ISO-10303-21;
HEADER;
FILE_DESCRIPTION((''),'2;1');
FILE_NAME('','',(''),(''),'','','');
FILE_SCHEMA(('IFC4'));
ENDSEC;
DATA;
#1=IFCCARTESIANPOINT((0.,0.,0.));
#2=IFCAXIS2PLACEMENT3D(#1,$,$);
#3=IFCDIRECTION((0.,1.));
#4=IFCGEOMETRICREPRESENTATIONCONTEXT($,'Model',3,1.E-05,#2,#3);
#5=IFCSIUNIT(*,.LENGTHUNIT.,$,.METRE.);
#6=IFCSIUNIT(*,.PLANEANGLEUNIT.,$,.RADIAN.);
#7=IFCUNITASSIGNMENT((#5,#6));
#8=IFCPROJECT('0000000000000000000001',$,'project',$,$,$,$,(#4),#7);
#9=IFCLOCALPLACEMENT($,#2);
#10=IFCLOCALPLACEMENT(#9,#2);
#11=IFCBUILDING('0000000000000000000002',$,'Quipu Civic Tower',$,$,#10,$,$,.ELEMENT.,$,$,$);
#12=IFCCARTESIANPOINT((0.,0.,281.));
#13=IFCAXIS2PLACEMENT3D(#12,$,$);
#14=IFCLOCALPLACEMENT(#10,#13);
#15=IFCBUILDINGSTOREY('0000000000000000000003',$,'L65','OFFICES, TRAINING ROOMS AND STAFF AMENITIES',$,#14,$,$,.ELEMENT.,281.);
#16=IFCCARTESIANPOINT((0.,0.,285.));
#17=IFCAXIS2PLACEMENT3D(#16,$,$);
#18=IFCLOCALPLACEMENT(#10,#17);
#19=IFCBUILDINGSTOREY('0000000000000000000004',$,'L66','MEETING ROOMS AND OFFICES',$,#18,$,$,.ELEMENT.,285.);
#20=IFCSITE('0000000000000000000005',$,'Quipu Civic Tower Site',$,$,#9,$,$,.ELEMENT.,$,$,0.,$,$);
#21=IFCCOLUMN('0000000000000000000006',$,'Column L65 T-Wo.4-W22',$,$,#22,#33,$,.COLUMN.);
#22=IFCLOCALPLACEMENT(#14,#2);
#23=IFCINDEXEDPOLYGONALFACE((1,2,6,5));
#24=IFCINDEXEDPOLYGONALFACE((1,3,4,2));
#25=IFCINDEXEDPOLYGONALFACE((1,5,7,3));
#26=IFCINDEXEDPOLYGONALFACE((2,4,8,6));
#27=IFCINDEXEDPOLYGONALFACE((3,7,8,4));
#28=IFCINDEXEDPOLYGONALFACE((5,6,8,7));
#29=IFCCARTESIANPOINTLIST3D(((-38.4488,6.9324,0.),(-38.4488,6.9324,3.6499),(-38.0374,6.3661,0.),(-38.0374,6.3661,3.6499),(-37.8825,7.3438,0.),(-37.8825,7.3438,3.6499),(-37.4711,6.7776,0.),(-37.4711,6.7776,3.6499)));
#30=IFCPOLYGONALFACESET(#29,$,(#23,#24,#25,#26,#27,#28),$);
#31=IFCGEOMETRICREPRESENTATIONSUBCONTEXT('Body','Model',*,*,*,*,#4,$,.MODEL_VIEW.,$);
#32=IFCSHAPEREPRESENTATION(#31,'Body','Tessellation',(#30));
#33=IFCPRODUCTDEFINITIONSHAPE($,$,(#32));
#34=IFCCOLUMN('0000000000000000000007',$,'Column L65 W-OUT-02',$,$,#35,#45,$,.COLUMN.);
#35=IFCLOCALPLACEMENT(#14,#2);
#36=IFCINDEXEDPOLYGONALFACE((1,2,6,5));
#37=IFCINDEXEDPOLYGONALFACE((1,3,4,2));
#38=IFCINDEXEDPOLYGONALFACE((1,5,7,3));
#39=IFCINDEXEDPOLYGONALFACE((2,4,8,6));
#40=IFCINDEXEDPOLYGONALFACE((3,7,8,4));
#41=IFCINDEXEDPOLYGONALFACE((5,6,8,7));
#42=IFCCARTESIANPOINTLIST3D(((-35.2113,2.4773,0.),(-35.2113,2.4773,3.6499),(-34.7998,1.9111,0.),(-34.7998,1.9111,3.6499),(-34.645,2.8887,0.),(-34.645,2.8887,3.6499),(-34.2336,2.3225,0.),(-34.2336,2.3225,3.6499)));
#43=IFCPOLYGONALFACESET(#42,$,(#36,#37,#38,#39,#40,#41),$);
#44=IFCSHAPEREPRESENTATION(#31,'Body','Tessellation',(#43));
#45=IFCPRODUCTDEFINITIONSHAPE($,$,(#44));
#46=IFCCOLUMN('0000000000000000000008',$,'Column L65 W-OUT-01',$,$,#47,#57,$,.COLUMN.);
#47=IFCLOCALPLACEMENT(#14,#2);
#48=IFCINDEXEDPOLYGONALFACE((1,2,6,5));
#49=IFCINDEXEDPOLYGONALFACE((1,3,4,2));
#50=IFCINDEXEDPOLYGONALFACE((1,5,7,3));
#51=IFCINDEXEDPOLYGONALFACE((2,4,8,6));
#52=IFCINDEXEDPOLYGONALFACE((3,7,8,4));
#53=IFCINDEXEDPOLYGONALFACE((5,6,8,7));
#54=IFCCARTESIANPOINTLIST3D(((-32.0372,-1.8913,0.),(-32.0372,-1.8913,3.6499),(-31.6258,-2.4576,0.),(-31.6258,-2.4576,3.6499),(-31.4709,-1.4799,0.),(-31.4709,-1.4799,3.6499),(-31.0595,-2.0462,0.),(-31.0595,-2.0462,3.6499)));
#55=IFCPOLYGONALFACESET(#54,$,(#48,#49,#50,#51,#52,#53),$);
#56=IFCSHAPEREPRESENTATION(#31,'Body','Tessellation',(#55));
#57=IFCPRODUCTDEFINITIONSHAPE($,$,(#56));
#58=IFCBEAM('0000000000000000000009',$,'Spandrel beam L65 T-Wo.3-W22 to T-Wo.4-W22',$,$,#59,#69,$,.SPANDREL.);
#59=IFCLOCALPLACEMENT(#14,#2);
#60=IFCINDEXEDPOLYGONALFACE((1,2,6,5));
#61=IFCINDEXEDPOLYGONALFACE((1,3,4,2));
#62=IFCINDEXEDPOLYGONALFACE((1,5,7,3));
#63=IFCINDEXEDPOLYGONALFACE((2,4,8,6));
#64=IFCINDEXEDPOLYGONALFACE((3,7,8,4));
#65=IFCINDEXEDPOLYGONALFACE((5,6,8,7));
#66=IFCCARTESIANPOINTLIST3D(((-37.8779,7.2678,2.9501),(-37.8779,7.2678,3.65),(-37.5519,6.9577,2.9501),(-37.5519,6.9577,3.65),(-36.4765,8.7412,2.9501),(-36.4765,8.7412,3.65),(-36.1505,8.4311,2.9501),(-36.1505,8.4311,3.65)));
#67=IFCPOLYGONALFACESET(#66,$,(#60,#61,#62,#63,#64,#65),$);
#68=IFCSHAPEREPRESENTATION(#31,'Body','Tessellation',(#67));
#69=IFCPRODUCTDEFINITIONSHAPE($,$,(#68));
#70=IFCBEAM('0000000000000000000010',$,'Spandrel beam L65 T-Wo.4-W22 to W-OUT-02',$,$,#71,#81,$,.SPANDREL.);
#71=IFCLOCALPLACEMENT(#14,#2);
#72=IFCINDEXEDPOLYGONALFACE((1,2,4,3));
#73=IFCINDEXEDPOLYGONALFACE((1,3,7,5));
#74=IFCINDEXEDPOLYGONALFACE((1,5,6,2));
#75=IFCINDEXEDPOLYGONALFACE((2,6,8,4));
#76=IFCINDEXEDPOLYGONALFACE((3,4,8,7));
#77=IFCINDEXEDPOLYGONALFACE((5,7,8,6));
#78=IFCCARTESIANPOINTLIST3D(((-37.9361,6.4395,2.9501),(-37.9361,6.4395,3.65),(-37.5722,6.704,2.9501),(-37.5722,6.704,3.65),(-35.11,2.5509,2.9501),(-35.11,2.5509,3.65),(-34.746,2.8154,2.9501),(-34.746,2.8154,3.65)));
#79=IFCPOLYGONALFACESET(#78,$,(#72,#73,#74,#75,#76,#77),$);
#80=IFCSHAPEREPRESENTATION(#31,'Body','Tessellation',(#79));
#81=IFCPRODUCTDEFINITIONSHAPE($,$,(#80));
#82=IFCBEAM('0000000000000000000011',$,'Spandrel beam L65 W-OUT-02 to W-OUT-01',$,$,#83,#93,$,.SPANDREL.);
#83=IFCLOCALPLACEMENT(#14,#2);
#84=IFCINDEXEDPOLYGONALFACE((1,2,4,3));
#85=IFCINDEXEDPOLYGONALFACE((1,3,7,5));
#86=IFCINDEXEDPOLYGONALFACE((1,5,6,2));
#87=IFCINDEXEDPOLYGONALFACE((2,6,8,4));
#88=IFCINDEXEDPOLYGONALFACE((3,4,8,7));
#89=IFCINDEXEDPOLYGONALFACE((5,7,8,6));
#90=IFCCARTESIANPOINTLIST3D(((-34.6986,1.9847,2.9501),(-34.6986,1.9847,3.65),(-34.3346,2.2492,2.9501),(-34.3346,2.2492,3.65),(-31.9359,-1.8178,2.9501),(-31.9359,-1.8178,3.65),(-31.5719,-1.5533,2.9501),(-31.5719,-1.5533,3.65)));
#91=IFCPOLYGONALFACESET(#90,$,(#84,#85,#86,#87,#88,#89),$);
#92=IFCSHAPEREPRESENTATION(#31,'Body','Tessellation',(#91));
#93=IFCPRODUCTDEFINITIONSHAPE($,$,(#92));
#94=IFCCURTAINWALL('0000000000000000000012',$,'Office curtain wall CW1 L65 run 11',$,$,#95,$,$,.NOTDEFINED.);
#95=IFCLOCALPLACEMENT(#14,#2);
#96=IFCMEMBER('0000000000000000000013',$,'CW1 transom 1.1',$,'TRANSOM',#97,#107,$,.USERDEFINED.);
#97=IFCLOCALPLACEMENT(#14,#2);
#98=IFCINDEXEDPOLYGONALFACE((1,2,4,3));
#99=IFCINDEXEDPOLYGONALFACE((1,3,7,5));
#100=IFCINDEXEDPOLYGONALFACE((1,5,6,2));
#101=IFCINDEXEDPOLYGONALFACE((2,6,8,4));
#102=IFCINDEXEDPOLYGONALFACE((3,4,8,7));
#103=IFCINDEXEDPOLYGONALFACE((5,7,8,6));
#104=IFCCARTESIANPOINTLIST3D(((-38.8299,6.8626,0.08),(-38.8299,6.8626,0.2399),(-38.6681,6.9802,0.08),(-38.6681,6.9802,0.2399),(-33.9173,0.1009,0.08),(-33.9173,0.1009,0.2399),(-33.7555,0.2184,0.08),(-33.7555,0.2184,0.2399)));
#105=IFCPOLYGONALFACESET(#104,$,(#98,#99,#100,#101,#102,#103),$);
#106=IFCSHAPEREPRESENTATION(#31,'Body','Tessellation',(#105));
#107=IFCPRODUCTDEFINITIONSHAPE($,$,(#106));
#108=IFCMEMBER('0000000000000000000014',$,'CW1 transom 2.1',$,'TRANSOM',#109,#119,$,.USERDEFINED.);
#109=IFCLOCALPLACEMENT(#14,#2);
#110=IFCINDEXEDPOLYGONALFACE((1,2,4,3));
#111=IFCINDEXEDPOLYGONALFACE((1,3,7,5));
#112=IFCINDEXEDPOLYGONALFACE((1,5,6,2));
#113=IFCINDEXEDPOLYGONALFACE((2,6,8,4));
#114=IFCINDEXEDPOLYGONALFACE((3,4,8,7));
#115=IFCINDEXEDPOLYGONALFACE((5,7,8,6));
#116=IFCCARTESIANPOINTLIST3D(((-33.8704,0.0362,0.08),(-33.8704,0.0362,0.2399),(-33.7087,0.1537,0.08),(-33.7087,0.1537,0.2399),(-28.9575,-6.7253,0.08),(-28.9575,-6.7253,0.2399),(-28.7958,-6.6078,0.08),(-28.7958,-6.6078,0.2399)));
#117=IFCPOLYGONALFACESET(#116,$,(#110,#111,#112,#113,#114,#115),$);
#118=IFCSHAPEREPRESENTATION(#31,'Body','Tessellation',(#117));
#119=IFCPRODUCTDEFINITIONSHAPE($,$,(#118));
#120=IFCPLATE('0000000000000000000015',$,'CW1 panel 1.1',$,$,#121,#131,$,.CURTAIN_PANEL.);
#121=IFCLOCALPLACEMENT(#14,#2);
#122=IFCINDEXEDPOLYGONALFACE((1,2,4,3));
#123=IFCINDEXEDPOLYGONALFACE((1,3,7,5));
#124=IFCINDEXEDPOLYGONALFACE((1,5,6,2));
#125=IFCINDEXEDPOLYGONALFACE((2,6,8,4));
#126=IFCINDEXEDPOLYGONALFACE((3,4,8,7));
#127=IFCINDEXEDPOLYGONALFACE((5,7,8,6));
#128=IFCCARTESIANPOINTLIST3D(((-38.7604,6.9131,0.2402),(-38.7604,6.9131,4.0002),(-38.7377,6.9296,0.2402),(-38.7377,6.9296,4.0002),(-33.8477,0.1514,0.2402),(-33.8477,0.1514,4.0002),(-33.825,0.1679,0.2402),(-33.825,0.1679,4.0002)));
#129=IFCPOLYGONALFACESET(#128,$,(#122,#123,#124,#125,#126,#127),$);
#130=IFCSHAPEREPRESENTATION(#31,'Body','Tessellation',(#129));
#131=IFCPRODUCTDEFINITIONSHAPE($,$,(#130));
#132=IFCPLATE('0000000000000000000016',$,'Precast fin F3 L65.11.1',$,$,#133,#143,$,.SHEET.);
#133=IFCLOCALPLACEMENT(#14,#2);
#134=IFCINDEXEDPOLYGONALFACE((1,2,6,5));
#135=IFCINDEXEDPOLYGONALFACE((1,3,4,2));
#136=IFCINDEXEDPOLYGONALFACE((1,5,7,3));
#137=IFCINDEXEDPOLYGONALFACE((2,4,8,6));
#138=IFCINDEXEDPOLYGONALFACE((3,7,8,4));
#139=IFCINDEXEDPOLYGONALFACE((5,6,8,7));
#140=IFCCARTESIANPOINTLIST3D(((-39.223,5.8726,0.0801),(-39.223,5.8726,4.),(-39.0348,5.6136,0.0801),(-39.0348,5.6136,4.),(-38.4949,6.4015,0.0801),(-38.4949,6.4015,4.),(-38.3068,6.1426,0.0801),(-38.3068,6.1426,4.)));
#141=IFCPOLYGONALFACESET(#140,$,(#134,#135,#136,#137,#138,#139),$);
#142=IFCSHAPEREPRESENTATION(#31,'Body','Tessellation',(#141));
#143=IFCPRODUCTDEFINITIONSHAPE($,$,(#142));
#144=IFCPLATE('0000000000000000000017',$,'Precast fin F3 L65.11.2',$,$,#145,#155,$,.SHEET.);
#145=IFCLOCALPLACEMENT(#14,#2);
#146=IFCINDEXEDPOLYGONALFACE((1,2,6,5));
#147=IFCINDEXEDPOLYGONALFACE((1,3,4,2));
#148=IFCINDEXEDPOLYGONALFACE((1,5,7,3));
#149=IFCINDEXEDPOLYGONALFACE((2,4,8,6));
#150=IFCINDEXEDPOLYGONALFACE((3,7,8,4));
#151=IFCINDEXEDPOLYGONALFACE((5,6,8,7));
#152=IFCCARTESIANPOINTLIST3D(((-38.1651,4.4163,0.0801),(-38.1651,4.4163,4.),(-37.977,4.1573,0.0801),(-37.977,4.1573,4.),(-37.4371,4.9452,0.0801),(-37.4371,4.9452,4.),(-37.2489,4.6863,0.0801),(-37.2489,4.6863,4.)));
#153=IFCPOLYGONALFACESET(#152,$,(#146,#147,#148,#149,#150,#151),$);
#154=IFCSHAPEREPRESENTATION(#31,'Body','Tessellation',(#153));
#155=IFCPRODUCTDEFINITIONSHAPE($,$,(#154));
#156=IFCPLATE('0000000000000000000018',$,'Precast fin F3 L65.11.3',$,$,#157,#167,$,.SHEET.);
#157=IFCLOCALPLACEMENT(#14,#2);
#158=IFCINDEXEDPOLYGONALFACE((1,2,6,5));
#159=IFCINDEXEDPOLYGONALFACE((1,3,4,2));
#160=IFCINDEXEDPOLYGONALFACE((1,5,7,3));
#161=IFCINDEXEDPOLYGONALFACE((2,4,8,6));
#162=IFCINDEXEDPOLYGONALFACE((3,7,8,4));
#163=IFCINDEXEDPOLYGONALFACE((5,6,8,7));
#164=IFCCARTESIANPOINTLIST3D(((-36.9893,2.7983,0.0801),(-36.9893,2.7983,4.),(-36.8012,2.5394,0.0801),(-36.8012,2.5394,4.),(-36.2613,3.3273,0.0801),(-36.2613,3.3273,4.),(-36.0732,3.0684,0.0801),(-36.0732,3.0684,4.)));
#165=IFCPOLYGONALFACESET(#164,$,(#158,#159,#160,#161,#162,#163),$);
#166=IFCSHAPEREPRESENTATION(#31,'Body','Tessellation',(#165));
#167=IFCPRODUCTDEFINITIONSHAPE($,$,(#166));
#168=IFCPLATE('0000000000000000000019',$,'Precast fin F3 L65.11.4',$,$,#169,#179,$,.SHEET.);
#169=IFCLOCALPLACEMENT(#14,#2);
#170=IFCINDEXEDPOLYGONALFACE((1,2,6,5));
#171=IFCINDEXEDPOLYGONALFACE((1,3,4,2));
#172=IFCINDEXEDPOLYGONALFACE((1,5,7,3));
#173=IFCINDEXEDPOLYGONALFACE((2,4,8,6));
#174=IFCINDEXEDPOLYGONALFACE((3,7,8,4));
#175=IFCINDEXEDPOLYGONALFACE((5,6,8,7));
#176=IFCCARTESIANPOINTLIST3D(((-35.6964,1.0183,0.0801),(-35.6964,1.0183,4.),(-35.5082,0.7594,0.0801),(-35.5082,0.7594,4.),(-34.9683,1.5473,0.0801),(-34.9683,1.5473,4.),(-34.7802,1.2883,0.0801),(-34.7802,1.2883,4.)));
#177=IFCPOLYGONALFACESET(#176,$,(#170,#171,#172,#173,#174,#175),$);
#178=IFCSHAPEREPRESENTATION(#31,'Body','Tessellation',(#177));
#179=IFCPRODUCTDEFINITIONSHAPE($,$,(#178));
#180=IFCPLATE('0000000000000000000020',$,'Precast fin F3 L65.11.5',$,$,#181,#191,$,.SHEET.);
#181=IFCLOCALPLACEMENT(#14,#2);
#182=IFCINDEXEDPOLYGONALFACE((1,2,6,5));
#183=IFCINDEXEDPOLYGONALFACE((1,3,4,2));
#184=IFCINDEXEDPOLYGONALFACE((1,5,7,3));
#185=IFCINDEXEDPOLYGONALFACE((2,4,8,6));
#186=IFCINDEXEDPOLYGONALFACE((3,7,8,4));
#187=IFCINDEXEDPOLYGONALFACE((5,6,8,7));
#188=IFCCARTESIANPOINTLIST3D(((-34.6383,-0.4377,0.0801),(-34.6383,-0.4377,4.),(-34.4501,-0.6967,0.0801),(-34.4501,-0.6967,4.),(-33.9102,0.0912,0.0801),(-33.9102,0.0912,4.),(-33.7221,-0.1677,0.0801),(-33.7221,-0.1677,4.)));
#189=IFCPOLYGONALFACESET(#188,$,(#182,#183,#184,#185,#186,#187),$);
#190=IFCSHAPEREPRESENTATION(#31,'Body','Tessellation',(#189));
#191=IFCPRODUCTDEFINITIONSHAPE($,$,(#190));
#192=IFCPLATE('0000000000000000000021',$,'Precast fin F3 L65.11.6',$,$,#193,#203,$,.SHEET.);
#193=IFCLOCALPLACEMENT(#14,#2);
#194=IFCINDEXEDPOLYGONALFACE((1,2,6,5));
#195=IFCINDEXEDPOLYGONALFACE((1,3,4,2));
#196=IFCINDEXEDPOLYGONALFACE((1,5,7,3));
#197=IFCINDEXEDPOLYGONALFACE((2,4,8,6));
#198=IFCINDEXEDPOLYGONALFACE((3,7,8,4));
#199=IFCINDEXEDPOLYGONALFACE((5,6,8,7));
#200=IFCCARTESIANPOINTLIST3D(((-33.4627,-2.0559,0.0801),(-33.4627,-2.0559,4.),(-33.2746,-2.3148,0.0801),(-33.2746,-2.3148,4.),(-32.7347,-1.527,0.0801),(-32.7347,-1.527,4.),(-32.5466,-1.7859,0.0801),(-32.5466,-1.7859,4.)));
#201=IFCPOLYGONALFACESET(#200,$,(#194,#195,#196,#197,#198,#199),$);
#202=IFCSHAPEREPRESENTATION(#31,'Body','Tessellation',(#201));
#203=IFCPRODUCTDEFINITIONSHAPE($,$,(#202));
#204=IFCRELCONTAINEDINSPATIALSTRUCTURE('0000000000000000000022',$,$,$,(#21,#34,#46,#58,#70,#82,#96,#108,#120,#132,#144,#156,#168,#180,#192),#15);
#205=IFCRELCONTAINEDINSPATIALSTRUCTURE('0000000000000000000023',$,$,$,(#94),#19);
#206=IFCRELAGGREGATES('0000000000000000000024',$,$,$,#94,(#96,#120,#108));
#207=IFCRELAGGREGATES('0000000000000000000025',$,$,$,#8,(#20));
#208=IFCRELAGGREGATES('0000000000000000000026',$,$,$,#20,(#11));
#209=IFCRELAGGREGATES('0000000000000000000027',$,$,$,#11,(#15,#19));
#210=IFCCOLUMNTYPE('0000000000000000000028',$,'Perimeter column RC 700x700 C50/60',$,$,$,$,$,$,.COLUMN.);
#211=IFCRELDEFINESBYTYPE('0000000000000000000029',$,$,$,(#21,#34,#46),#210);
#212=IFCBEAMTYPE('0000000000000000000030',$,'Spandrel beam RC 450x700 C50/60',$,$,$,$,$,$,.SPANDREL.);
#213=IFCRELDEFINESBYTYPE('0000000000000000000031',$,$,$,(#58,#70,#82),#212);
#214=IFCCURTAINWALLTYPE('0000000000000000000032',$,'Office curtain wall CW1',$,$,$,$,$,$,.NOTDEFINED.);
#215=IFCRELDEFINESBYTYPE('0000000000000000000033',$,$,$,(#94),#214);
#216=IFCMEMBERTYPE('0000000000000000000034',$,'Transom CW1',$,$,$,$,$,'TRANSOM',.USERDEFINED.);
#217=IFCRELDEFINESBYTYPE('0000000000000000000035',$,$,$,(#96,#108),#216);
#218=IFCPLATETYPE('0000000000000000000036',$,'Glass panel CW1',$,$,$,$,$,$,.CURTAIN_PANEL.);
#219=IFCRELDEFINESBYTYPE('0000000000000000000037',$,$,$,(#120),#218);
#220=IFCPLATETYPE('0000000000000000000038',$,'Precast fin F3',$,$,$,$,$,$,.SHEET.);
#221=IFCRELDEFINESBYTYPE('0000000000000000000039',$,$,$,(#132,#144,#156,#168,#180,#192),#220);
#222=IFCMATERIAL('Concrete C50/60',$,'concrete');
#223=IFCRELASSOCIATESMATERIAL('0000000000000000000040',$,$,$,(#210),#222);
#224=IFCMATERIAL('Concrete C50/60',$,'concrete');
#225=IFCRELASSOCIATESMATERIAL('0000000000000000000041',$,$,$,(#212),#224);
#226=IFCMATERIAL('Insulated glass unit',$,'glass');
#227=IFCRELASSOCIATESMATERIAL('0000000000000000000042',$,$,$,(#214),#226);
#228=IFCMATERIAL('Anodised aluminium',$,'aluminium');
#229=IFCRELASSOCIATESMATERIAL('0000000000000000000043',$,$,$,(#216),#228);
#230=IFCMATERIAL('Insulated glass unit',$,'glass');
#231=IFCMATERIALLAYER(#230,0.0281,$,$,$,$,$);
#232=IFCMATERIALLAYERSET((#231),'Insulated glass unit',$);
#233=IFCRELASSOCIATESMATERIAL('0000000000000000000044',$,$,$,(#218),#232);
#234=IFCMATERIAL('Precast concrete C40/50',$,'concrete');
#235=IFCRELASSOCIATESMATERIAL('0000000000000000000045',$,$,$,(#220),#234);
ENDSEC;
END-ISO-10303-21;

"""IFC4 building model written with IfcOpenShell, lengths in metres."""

from ifc_helpers import new_model, si_unit, direction, frame, origin, origin_2d, place, context, subcontext, project, spatial, rectangle, extrude, material, layer, layer_set, material_profile, profile_set, type_object, element, aggregate, save


model = new_model("IFC4")

# Units and contexts
model_context = context("Model", 3, precision=1e-05, world=origin(), true_north=direction((0.0, 1.0)))
body_context = subcontext(model_context, "Body", "Model", "MODEL_VIEW")
ifc_project = project(units=[si_unit("LENGTHUNIT", "METRE"), si_unit("PLANEANGLEUNIT", "RADIAN")], contexts=[model_context])

# Site, building, storey
site_placement = place(None, origin())
site = spatial("IfcSite", under=ifc_project, at=site_placement, Name="Quipu Civic Tower Site", CompositionType="ELEMENT", RefElevation=0.0)
building_placement = place(site_placement, origin())
building = spatial("IfcBuilding", under=site, at=building_placement, Name="Quipu Civic Tower", CompositionType="ELEMENT")
storey_1_placement = place(building_placement, frame((0.0, 0.0, 281.0)))
storey_1 = spatial("IfcBuildingStorey", under=building, at=storey_1_placement, Name="L65", Description="OFFICES, TRAINING ROOMS AND STAFF AMENITIES", CompositionType="ELEMENT", Elevation=281.0)

# Columns
ifc_material_1 = material(Name="Concrete C50/60", Category="concrete")
ifc_material_profile_1 = material_profile(ifc_material_1, rectangle(XDim=0.7, YDim=0.7, at=origin_2d()), Name="RC700x700")
ifc_profile_set_1 = profile_set([ifc_material_profile_1], Name="Concrete C50/60")
column_type = type_object("IfcColumnType", Name="Perimeter column RC 700x700 C50/60", PredefinedType="COLUMN", material=ifc_profile_set_1)
for number, where, z_axis, x_axis, name in (
    (1, (-37.96, 6.855, 0.0), (0.0, 0.0, 1.0), (0.587785, -0.809017, 0.0), "Column L65 T-Wo.4-W22"),
    (2, (-34.7224, 2.3999, 0.0), (0.0, 0.0, 1.0), (0.587785, -0.809017, 0.0), "Column L65 W-OUT-02"),
    (3, (-31.5483, -1.9688, 0.0), (0.0, 0.0, 1.0), (0.587785, -0.809017, 0.0), "Column L65 W-OUT-01"),
):
    element("IfcColumn", number, at=place(storey_1_placement, frame(where, z_axis=z_axis, x_axis=x_axis)), inside=storey_1, type_object=column_type, Name=name, PredefinedType="COLUMN", context=body_context, shape_type="SweptSolid", body=[
        extrude(rectangle(XDim=0.7, YDim=0.7, at=origin_2d()), origin(), (0.0, 0.0, 1.0), 3.6499),
    ])

# Beams
ifc_material_2 = material(Name="Concrete C50/60", Category="concrete")
ifc_material_profile_2 = material_profile(ifc_material_2, rectangle(XDim=0.45, YDim=0.7, at=origin_2d()), Name="RC450x700")
ifc_profile_set_2 = profile_set([ifc_material_profile_2], Name="Concrete C50/60")
beam_type = type_object("IfcBeamType", Name="Spandrel beam RC 450x700 C50/60", PredefinedType="SPANDREL", material=ifc_profile_set_2)
beam_1_placement = place(storey_1_placement, frame((-36.3135, 8.5862, 3.3), z_axis=(-0.689175, -0.724595, 0.0), x_axis=(0.724595, -0.689175, 0.0)))
element("IfcBeam", 4, at=beam_1_placement, inside=storey_1, type_object=beam_type, Name="Spandrel beam L65 T-Wo.3-W22 to T-Wo.4-W22", PredefinedType="SPANDREL", context=body_context, shape_type="SweptSolid", body=[
    extrude(rectangle(XDim=0.45, YDim=0.7, at=origin_2d()), origin(), (0.0, 0.0, 1.0), 2.0334),
])
beam_2_placement = place(storey_1_placement, frame((-37.7542, 6.5718, 3.3), z_axis=(0.587906, -0.808929, 0.0), x_axis=(0.808929, 0.587906, 0.0)))
element("IfcBeam", 5, at=beam_2_placement, inside=storey_1, type_object=beam_type, Name="Spandrel beam L65 T-Wo.4-W22 to W-OUT-02", PredefinedType="SPANDREL", context=body_context, shape_type="SweptSolid", body=[
    extrude(rectangle(XDim=0.45, YDim=0.7, at=origin_2d()), origin(), (0.0, 0.0, 1.0), 4.8071),
])
beam_3_placement = place(storey_1_placement, frame((-34.5166, 2.1169, 3.3), z_axis=(0.587789, -0.809015, 0.0), x_axis=(0.809015, 0.587789, 0.0)))
element("IfcBeam", 6, at=beam_3_placement, inside=storey_1, type_object=beam_type, Name="Spandrel beam L65 W-OUT-02 to W-OUT-01", PredefinedType="SPANDREL", context=body_context, shape_type="SweptSolid", body=[
    extrude(rectangle(XDim=0.45, YDim=0.7, at=origin_2d()), origin(), (0.0, 0.0, 1.0), 4.7002),
])

# Shared definitions
storey_2_placement = place(building_placement, frame((0.0, 0.0, 285.0)))
storey_2 = spatial("IfcBuildingStorey", under=building, at=storey_2_placement, Name="L66", Description="MEETING ROOMS AND OFFICES", CompositionType="ELEMENT", Elevation=285.0)

# Curtain wall, members, plate
ifc_material_3 = material(Name="Insulated glass unit", Category="glass")
curtain_wall_type = type_object("IfcCurtainWallType", Name="Office curtain wall CW1", PredefinedType="NOTDEFINED", material=ifc_material_3)
curtain_wall_placement = place(storey_2_placement, origin())
curtain_wall = element("IfcCurtainWall", 7, at=curtain_wall_placement, inside=storey_2, type_object=curtain_wall_type, Name="Office curtain wall CW1 L65 run 11", PredefinedType="NOTDEFINED")
ifc_material_4 = material(Name="Anodised aluminium", Category="aluminium")
ifc_material_profile_3 = material_profile(ifc_material_4, rectangle(XDim=0.2, YDim=0.1599, at=origin_2d()), Name="RECT 200x160")
ifc_profile_set_3 = profile_set([ifc_material_profile_3], Name="Anodised aluminium")
member_type = type_object("IfcMemberType", Name="Transom CW1", ElementType="TRANSOM", PredefinedType="USERDEFINED", material=ifc_profile_set_3)
member_1_placement = place(storey_1_placement, frame((-38.749, 6.9214, 0.1599), z_axis=(0.587779, -0.809021, 0.0), x_axis=(0.809021, 0.587779, 0.0)))
member_1 = element("IfcMember", 8, at=member_1_placement, inside=storey_1, type_object=member_type, Name="CW1 transom 1.1", ObjectType="TRANSOM", PredefinedType="USERDEFINED", context=body_context, shape_type="SweptSolid", body=[
    extrude(rectangle(XDim=0.2, YDim=0.1599, at=origin_2d()), origin(), (0.0, 0.0, 1.0), 8.3579),
])
member_2_placement = place(storey_1_placement, frame((-33.7896, 0.095, 0.1599), z_axis=(0.587812, -0.808997, 0.0), x_axis=(0.808997, 0.587812, 0.0)))
member_2 = element("IfcMember", 9, at=member_2_placement, inside=storey_1, type_object=member_type, Name="CW1 transom 2.1", ObjectType="TRANSOM", PredefinedType="USERDEFINED", context=body_context, shape_type="SweptSolid", body=[
    extrude(rectangle(XDim=0.2, YDim=0.1599, at=origin_2d()), origin(), (0.0, 0.0, 1.0), 8.3579),
])
ifc_material_5 = material(Name="Insulated glass unit", Category="glass")
ifc_layer_1 = layer(ifc_material_5, 0.0281)
ifc_layer_set_1 = layer_set([ifc_layer_1], Name="Insulated glass unit")
plate_type_1 = type_object("IfcPlateType", Name="Glass panel CW1", PredefinedType="CURTAIN_PANEL", material=ifc_layer_set_1)
plate_placement = place(storey_1_placement, frame((-36.2927, 3.5405, 0.2402), z_axis=(0.0, 0.0, 1.0), x_axis=(0.587786, -0.809016, 0.0)))
plate = element("IfcPlate", 10, at=plate_placement, inside=storey_1, type_object=plate_type_1, Name="CW1 panel 1.1", PredefinedType="CURTAIN_PANEL", context=body_context, shape_type="SweptSolid", body=[
    extrude(rectangle(XDim=8.3579, YDim=0.0281, at=origin_2d()), origin(), (0.0, 0.0, 1.0), 3.76),
])
aggregate(curtain_wall, [member_1, plate, member_2])

# Plates
ifc_material_6 = material(Name="Precast concrete C40/50", Category="concrete")
plate_type_2 = type_object("IfcPlateType", Name="Precast fin F3", PredefinedType="SHEET", material=ifc_material_6)
for number, where, z_axis, x_axis, name in (
    (11, (-38.7649, 6.0076, 0.0801), (0.0, 0.0, 1.0), (0.587787, -0.809016, 0.0), "Precast fin F3 L65.11.1"),
    (12, (-37.707, 4.5513, 0.0801), (0.0, 0.0, 1.0), (0.587787, -0.809016, 0.0), "Precast fin F3 L65.11.2"),
    (13, (-36.5312, 2.9333, 0.0801), (0.0, 0.0, 1.0), (0.587787, -0.809016, 0.0), "Precast fin F3 L65.11.3"),
    (14, (-35.2383, 1.1533, 0.0801), (0.0, 0.0, 1.0), (0.587787, -0.809016, 0.0), "Precast fin F3 L65.11.4"),
    (15, (-34.1802, -0.3027, 0.0801), (0.0, 0.0, 1.0), (0.587787, -0.809016, 0.0), "Precast fin F3 L65.11.5"),
    (16, (-33.0046, -1.9209, 0.0801), (0.0, 0.0, 1.0), (0.587787, -0.809016, 0.0), "Precast fin F3 L65.11.6"),
):
    element("IfcPlate", number, at=place(storey_1_placement, frame(where, z_axis=z_axis, x_axis=x_axis)), inside=storey_1, type_object=plate_type_2, Name=name, PredefinedType="SHEET", context=body_context, shape_type="SweptSolid", body=[
        extrude(rectangle(XDim=0.3201, YDim=0.8999, at=origin_2d()), origin(), (0.0, 0.0, 1.0), 3.9199),
    ])

save(model, "model.ifc")
